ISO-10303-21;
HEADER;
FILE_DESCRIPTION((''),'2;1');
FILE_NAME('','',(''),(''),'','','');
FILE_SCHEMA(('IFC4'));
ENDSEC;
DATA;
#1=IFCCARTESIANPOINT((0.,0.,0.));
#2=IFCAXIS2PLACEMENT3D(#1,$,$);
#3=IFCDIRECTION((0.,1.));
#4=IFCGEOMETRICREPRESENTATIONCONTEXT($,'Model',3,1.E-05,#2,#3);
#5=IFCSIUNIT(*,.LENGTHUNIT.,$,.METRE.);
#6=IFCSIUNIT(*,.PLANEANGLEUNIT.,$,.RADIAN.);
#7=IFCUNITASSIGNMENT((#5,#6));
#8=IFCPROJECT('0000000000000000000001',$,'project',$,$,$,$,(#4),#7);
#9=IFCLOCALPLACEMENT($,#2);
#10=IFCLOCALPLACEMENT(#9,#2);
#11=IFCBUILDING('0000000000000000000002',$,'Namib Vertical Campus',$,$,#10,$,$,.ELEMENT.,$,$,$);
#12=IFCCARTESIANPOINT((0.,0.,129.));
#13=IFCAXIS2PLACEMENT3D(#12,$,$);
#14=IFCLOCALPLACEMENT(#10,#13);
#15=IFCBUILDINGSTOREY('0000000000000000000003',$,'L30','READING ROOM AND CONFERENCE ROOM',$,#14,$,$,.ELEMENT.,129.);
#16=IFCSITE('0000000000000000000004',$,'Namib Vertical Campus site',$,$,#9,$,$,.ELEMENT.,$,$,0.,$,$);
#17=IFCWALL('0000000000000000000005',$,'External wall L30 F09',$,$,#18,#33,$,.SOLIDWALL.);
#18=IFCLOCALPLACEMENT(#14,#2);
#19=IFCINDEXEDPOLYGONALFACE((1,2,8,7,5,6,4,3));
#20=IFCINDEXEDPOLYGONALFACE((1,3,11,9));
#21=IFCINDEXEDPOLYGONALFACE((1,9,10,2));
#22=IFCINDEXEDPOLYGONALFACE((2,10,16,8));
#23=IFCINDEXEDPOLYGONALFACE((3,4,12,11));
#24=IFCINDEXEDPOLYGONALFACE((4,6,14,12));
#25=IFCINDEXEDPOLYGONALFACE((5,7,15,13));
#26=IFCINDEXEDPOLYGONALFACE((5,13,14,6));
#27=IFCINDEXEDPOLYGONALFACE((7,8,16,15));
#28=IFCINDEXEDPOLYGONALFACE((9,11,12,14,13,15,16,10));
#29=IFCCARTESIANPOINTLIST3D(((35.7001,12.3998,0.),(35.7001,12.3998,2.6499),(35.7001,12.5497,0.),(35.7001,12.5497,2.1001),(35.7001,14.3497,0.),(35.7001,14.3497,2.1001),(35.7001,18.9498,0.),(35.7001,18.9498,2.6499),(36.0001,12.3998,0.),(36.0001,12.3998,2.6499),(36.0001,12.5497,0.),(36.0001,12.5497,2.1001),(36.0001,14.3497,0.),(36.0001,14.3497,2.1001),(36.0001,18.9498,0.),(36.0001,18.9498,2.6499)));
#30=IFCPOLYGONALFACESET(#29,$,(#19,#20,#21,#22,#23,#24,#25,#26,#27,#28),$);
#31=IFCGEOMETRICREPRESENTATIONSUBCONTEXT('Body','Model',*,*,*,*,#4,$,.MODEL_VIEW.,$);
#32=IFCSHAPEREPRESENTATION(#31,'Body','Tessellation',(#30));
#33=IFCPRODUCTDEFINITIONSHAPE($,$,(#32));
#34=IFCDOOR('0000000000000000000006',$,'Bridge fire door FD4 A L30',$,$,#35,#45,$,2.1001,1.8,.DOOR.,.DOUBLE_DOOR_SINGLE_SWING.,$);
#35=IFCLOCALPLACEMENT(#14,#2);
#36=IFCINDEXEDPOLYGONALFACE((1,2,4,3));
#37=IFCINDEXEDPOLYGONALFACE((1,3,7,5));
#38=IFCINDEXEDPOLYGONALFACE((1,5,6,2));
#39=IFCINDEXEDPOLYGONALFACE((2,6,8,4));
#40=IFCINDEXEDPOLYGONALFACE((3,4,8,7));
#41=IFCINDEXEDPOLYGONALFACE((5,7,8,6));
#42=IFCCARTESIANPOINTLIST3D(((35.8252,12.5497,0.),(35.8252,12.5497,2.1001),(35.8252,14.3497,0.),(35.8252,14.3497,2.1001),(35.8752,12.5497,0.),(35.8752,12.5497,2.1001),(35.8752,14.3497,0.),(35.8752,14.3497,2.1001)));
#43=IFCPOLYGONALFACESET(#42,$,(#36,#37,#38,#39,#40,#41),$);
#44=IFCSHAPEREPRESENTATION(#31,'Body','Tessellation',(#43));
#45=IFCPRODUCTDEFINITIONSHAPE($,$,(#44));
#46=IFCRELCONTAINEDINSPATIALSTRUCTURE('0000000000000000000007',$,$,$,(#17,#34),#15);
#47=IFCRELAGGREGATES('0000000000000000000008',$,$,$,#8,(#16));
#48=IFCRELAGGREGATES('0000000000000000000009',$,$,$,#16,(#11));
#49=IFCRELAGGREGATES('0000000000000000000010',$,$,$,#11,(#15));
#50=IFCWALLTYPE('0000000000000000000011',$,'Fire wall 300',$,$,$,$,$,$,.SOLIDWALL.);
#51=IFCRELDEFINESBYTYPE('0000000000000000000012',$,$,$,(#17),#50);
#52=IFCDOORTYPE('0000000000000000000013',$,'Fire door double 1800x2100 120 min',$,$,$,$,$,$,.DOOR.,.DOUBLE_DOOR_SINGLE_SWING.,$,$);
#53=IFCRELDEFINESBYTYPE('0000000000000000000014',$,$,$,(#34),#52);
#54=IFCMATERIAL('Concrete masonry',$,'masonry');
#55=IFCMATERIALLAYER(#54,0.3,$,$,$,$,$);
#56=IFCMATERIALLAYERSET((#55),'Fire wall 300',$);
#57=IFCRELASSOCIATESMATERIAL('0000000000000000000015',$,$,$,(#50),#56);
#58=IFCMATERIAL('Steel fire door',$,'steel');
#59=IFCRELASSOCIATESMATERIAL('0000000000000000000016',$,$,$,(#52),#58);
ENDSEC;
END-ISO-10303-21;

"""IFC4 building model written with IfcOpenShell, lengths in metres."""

from ifc_helpers import new_model, si_unit, direction, frame, frame_2d, origin, place, context, subcontext, project, spatial, rectangle, extrude, material, layer, layer_set, type_object, element, fill, save


model = new_model("IFC4")

# Units and contexts
model_context = context("Model", 3, precision=1e-05, world=origin(), true_north=direction((0.0, 1.0)))
body_context = subcontext(model_context, "Body", "Model", "MODEL_VIEW")
ifc_project = project(units=[si_unit("LENGTHUNIT", "METRE"), si_unit("PLANEANGLEUNIT", "RADIAN")], contexts=[model_context])

# Site, building, storey
site_placement = place(None, origin())
site = spatial("IfcSite", under=ifc_project, at=site_placement, Name="Namib Vertical Campus site", CompositionType="ELEMENT", RefElevation=0.0)
building_placement = place(site_placement, origin())
building = spatial("IfcBuilding", under=site, at=building_placement, Name="Namib Vertical Campus", CompositionType="ELEMENT")
storey_placement = place(building_placement, frame((0.0, 0.0, 129.0)))
storey = spatial("IfcBuildingStorey", under=building, at=storey_placement, Name="L30", Description="READING ROOM AND CONFERENCE ROOM", CompositionType="ELEMENT", Elevation=129.0)

# Shared definitions
ifc_material_1 = material(Name="Concrete masonry", Category="masonry")
ifc_layer_1 = layer(ifc_material_1, 0.3)
ifc_layer_set_1 = layer_set([ifc_layer_1], Name="Fire wall 300")
wall_type_1 = type_object("IfcWallType", Name="Fire wall 300", PredefinedType="SOLIDWALL", material=ifc_layer_set_1)

# Wall, opening, door
wall_1_placement = place(storey_placement, frame((35.8501, 12.3999, 0.0), z_axis=(0.0, 0.0, 1.0), x_axis=(0.0, 1.0, 0.0)))
wall_1 = element("IfcWall", 1, at=wall_1_placement, inside=storey, type_object=wall_type_1, Name="External wall L30 F09", PredefinedType="SOLIDWALL", context=body_context, shape_type="SweptSolid", body=[
    extrude(rectangle(XDim=6.55, YDim=0.3, at=frame_2d((3.2749, 0.0))), origin(), (0.0, 0.0, 1.0), 2.6499),
])
opening_1_placement = place(wall_1_placement, frame((0.1499, 0.0, 0.0)))
opening_1 = element("IfcOpeningElement", 2, at=opening_1_placement, cuts=wall_1, PredefinedType="OPENING", context=body_context, shape_type="SweptSolid", body=[
    extrude(rectangle(XDim=1.8, YDim=2.1001, at=frame_2d((0.8999, 1.05))), frame((0.0, 0.1599, 0.0), z_axis=(0.0, -1.0, 0.0), x_axis=(1.0, 0.0, 0.0)), (0.0, 0.0, 1.0), 0.3201),
])
ifc_material_2 = material(Name="Steel fire door", Category="steel")
door_type_1 = type_object("IfcDoorType", Name="Fire door double 1800x2100 120 min", OperationType="DOUBLE_DOOR_SINGLE_SWING", PredefinedType="DOOR", material=ifc_material_2)
door_1_placement = place(opening_1_placement, origin())
door_1 = element("IfcDoor", 3, at=door_1_placement, inside=storey, type_object=door_type_1, Name="Bridge fire door FD4 A L30", OperationType="DOUBLE_DOOR_SINGLE_SWING", OverallHeight=2.1001, OverallWidth=1.8, PredefinedType="DOOR", context=body_context, shape_type="SweptSolid", body=[
    extrude(rectangle(XDim=1.8, YDim=2.1001, at=frame_2d((0.8999, 1.05))), frame((0.0, 0.0249, 0.0), z_axis=(0.0, -1.0, 0.0), x_axis=(1.0, 0.0, 0.0)), (0.0, 0.0, 1.0), 0.05),
])
fill(opening_1, door_1)

save(model, "model.ifc")
